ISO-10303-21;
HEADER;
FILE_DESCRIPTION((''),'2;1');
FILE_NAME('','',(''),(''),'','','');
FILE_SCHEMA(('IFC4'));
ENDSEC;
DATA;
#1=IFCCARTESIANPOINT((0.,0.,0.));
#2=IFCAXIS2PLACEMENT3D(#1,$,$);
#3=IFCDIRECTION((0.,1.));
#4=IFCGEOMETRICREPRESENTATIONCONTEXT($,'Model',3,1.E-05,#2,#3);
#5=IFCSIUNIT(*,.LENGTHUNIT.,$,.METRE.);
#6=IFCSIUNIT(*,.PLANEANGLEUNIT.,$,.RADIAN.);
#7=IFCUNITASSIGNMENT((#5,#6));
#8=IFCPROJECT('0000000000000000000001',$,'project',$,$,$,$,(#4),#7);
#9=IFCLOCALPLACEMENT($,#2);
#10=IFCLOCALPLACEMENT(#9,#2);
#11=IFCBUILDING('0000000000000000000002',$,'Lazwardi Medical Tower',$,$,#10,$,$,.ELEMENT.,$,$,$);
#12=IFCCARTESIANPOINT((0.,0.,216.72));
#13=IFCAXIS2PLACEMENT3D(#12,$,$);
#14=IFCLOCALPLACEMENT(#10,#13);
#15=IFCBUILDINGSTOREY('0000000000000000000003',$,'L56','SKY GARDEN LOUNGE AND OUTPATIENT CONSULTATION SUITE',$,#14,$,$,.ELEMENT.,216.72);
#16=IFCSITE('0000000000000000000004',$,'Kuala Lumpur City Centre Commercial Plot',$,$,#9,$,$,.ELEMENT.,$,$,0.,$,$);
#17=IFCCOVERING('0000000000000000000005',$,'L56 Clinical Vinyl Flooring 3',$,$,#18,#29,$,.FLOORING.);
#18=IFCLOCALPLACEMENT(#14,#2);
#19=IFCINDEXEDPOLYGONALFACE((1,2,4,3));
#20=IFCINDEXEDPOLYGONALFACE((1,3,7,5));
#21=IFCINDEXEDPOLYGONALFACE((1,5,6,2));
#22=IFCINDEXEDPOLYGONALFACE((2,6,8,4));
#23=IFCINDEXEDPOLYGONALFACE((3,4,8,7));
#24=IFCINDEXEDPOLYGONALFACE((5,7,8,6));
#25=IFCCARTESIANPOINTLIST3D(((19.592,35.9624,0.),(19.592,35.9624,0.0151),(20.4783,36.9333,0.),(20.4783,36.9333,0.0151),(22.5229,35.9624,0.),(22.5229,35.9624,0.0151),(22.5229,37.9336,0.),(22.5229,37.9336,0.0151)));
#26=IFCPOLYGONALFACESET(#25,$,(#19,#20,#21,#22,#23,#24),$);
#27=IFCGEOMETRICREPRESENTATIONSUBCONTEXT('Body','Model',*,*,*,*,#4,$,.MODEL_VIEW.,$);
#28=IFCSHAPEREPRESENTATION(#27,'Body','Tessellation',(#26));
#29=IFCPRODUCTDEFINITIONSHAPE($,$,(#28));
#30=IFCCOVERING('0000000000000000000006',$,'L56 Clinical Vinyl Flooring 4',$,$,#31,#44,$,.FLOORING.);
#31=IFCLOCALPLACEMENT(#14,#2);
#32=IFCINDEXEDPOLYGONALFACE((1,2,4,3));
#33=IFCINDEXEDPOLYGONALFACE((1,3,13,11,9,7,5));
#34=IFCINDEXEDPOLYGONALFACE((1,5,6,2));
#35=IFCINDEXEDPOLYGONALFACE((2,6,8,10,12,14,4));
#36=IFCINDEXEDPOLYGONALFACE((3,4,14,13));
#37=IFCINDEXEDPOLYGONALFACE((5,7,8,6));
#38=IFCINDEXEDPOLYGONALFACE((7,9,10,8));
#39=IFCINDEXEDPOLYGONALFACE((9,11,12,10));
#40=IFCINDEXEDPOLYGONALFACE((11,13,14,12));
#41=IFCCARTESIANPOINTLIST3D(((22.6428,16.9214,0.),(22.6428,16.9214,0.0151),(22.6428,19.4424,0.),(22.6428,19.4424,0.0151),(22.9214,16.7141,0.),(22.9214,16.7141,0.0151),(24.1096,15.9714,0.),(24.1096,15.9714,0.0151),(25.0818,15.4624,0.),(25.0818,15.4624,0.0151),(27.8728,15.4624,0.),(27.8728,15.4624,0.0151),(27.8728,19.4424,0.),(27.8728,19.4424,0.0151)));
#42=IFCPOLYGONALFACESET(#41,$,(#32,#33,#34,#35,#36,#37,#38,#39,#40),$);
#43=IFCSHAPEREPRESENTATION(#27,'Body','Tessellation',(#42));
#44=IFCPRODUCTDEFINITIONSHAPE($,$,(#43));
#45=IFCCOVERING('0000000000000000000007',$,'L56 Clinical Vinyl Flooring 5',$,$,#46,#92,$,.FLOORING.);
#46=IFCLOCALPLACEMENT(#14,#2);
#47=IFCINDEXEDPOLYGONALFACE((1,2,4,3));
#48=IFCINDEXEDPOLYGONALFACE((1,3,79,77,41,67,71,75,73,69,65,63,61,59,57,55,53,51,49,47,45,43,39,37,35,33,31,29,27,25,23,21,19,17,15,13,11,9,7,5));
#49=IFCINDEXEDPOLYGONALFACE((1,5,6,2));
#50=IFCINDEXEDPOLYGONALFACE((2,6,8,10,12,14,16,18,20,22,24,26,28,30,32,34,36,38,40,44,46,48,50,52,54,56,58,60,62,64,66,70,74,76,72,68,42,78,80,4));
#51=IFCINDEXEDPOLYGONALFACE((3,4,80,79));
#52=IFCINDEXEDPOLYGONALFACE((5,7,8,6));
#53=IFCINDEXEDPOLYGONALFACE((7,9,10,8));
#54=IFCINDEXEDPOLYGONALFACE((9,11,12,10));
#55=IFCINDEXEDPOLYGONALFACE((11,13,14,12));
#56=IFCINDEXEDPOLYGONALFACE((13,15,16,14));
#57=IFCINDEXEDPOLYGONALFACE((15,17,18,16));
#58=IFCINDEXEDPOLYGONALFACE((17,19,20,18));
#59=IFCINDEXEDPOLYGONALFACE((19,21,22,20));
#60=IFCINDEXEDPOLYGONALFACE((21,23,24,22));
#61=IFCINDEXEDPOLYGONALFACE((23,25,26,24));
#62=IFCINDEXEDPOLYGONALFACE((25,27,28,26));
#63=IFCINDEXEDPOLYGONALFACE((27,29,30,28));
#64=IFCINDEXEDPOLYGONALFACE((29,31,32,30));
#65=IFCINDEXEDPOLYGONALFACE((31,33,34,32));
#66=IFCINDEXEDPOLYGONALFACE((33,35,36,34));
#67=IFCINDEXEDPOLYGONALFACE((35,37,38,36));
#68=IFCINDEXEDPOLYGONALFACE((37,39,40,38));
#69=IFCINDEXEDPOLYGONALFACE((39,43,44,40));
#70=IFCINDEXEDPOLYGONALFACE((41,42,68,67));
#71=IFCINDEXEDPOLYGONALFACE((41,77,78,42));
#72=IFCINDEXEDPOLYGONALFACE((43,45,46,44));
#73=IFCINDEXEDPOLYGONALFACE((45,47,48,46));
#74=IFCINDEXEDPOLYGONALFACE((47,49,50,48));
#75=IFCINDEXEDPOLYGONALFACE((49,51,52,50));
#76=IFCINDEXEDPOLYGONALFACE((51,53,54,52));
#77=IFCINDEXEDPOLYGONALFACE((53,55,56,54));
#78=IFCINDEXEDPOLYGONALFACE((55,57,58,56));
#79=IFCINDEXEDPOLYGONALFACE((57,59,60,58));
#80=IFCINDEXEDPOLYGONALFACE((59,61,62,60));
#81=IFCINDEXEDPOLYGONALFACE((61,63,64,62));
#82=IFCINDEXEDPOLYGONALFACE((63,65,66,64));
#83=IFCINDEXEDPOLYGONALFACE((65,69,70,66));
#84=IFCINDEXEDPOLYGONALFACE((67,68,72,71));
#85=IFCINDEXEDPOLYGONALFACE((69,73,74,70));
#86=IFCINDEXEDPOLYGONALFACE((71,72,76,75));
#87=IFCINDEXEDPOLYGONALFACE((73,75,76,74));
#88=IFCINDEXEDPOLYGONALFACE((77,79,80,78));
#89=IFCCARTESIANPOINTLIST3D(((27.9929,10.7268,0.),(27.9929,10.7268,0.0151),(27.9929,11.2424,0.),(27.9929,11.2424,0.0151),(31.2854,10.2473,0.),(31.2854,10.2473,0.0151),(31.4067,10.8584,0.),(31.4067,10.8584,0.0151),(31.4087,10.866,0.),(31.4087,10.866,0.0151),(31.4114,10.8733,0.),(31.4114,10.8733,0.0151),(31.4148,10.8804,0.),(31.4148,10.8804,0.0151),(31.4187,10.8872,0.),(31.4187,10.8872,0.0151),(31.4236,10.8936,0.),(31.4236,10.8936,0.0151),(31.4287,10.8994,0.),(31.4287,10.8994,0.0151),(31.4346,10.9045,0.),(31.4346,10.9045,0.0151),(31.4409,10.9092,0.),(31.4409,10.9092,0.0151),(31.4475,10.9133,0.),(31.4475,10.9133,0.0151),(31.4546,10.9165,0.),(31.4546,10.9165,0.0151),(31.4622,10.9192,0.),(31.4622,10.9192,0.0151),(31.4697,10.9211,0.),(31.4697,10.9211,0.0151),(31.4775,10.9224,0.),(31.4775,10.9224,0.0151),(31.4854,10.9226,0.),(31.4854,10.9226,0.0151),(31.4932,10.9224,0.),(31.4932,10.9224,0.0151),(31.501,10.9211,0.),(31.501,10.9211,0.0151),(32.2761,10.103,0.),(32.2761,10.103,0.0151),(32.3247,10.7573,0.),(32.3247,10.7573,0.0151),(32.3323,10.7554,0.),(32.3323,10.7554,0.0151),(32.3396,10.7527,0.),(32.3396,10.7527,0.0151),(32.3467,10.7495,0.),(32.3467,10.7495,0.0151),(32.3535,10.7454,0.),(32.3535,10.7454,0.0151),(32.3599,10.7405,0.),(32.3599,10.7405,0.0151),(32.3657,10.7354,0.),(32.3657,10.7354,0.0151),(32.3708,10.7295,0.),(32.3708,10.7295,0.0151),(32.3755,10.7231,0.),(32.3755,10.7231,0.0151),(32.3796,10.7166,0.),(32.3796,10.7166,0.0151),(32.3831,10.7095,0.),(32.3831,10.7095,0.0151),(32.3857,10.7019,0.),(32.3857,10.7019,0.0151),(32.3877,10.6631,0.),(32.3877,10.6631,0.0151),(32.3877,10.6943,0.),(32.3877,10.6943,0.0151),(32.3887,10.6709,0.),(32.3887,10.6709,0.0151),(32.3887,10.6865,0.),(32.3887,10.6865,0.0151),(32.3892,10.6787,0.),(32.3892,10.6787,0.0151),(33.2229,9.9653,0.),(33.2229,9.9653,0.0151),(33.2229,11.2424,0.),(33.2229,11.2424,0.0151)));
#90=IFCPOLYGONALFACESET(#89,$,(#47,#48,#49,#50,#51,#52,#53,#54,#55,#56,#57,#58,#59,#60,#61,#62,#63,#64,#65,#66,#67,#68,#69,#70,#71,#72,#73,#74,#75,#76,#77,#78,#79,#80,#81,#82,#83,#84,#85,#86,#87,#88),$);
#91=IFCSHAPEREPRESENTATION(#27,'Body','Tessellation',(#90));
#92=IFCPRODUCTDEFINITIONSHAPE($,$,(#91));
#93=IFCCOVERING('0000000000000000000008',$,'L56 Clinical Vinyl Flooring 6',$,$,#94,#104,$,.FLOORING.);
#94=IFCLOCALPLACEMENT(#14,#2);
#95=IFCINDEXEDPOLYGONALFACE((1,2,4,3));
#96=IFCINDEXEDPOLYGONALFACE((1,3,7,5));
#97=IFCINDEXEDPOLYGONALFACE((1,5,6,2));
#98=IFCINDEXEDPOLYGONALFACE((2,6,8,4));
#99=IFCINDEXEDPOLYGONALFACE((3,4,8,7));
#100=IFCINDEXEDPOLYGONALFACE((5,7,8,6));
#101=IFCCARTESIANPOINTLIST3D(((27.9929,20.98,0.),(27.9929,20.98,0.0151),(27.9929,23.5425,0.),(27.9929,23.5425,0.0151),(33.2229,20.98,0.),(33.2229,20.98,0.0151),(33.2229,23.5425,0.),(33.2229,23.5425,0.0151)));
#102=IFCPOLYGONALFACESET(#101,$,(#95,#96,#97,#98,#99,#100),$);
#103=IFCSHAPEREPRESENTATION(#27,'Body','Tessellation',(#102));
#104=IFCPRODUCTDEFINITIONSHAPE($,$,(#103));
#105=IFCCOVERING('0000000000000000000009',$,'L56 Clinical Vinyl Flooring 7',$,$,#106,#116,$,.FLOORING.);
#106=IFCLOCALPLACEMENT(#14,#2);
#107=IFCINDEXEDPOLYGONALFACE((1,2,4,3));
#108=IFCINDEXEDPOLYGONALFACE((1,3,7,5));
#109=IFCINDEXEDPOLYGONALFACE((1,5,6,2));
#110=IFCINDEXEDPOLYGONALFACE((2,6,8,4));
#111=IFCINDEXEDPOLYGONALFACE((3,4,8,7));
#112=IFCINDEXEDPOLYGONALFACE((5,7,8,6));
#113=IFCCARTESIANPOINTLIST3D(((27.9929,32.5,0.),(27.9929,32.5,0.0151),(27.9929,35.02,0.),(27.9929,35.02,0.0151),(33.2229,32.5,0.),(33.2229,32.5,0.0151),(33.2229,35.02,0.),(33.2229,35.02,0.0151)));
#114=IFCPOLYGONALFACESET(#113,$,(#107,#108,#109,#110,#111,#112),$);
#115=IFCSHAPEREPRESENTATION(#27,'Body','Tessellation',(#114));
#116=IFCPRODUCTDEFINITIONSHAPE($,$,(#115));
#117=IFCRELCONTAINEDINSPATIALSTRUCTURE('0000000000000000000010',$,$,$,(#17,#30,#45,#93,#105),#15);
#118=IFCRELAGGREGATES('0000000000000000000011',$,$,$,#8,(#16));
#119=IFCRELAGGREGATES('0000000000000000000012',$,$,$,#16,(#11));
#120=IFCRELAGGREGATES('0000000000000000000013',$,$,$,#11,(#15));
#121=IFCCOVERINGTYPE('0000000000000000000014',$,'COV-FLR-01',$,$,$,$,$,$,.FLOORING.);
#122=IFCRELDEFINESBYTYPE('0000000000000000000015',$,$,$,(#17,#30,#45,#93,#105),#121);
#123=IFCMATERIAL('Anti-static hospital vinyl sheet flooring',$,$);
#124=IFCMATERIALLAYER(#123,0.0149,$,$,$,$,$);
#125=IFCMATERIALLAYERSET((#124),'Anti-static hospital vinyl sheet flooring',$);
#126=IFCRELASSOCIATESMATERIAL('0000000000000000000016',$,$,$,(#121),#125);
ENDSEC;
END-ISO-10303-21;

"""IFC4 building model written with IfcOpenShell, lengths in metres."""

from ifc_helpers import new_model, si_unit, direction, frame, origin, place, context, subcontext, project, spatial, polyline, outline, extrude, material, layer, layer_set, type_object, element, save


model = new_model("IFC4")

# Units and contexts
model_context = context("Model", 3, precision=1e-05, world=origin(), true_north=direction((0.0, 1.0)))
body_context = subcontext(model_context, "Body", "Model", "MODEL_VIEW")
ifc_project = project(units=[si_unit("LENGTHUNIT", "METRE"), si_unit("PLANEANGLEUNIT", "RADIAN")], contexts=[model_context])

# Site, building, storey
site_placement = place(None, origin())
site = spatial("IfcSite", under=ifc_project, at=site_placement, Name="Kuala Lumpur City Centre Commercial Plot", CompositionType="ELEMENT", RefElevation=0.0)
building_placement = place(site_placement, origin())
building = spatial("IfcBuilding", under=site, at=building_placement, Name="Lazwardi Medical Tower", CompositionType="ELEMENT")
storey_placement = place(building_placement, frame((0.0, 0.0, 216.72)))
storey = spatial("IfcBuildingStorey", under=building, at=storey_placement, Name="L56", Description="SKY GARDEN LOUNGE AND OUTPATIENT CONSULTATION SUITE", CompositionType="ELEMENT", Elevation=216.72)

# Coverings
ifc_material_1 = material(Name="Anti-static hospital vinyl sheet flooring")
ifc_layer_1 = layer(ifc_material_1, 0.0149)
ifc_layer_set_1 = layer_set([ifc_layer_1], Name="Anti-static hospital vinyl sheet flooring")
covering_type_1 = type_object("IfcCoveringType", Name="COV-FLR-01", PredefinedType="FLOORING", material=ifc_layer_set_1)
covering_1_placement = place(storey_placement, origin())
element("IfcCovering", 1, at=covering_1_placement, inside=storey, type_object=covering_type_1, Name="L56 Clinical Vinyl Flooring 3", PredefinedType="FLOORING", context=body_context, shape_type="SweptSolid", body=[
    extrude(outline(polyline([(22.5229, 37.9336), (20.4783, 36.9333), (19.592, 35.9624), (22.5229, 35.9624), (22.5229, 37.9336)])), origin(), (0.0, 0.0, 1.0), 0.0151),
])
covering_2_placement = place(storey_placement, origin())
element("IfcCovering", 2, at=covering_2_placement, inside=storey, type_object=covering_type_1, Name="L56 Clinical Vinyl Flooring 4", PredefinedType="FLOORING", context=body_context, shape_type="SweptSolid", body=[
    extrude(outline(polyline([(22.6428, 16.9214), (22.9214, 16.7141), (24.1096, 15.9714), (25.0818, 15.4624), (27.8728, 15.4624), (27.8728, 19.4424), (22.6428, 19.4424), (22.6428, 16.9214)])), origin(), (0.0, 0.0, 1.0), 0.0151),
])
covering_3_placement = place(storey_placement, origin())
element("IfcCovering", 3, at=covering_3_placement, inside=storey, type_object=covering_type_1, Name="L56 Clinical Vinyl Flooring 5", PredefinedType="FLOORING", context=body_context, shape_type="SweptSolid", body=[
    extrude(outline(polyline([(27.9929, 10.7268), (31.2854, 10.2473), (31.4067, 10.8584), (31.4087, 10.866), (31.4114, 10.8733), (31.4148, 10.8804), (31.4187, 10.8872), (31.4236, 10.8936), (31.4287, 10.8994), (31.4346, 10.9045), (31.4409, 10.9092), (31.4475, 10.9133), (31.4546, 10.9165), (31.4622, 10.9192), (31.4697, 10.9211), (31.4775, 10.9224), (31.4854, 10.9226), (31.4932, 10.9224), (31.501, 10.9211), (32.3247, 10.7573), (32.3323, 10.7554), (32.3396, 10.7527), (32.3467, 10.7495), (32.3535, 10.7454), (32.3599, 10.7405), (32.3657, 10.7354), (32.3708, 10.7295), (32.3755, 10.7231), (32.3796, 10.7166), (32.3831, 10.7095), (32.3857, 10.7019), (32.3877, 10.6943), (32.3887, 10.6865), (32.3892, 10.6787), (32.3887, 10.6709), (32.3877, 10.6631), (32.2761, 10.103), (33.2229, 9.9653), (33.2229, 11.2424), (27.9929, 11.2424), (27.9929, 10.7268)])), origin(), (0.0, 0.0, 1.0), 0.0151),
])
covering_4_placement = place(storey_placement, origin())
element("IfcCovering", 4, at=covering_4_placement, inside=storey, type_object=covering_type_1, Name="L56 Clinical Vinyl Flooring 6", PredefinedType="FLOORING", context=body_context, shape_type="SweptSolid", body=[
    extrude(outline(polyline([(27.9929, 20.98), (33.2229, 20.98), (33.2229, 23.5425), (27.9929, 23.5425), (27.9929, 20.98)])), origin(), (0.0, 0.0, 1.0), 0.0151),
])
covering_5_placement = place(storey_placement, origin())
element("IfcCovering", 5, at=covering_5_placement, inside=storey, type_object=covering_type_1, Name="L56 Clinical Vinyl Flooring 7", PredefinedType="FLOORING", context=body_context, shape_type="SweptSolid", body=[
    extrude(outline(polyline([(33.2229, 35.02), (27.9929, 35.02), (27.9929, 32.5), (33.2229, 32.5), (33.2229, 35.02)])), origin(), (0.0, 0.0, 1.0), 0.0151),
])

save(model, "model.ifc")
